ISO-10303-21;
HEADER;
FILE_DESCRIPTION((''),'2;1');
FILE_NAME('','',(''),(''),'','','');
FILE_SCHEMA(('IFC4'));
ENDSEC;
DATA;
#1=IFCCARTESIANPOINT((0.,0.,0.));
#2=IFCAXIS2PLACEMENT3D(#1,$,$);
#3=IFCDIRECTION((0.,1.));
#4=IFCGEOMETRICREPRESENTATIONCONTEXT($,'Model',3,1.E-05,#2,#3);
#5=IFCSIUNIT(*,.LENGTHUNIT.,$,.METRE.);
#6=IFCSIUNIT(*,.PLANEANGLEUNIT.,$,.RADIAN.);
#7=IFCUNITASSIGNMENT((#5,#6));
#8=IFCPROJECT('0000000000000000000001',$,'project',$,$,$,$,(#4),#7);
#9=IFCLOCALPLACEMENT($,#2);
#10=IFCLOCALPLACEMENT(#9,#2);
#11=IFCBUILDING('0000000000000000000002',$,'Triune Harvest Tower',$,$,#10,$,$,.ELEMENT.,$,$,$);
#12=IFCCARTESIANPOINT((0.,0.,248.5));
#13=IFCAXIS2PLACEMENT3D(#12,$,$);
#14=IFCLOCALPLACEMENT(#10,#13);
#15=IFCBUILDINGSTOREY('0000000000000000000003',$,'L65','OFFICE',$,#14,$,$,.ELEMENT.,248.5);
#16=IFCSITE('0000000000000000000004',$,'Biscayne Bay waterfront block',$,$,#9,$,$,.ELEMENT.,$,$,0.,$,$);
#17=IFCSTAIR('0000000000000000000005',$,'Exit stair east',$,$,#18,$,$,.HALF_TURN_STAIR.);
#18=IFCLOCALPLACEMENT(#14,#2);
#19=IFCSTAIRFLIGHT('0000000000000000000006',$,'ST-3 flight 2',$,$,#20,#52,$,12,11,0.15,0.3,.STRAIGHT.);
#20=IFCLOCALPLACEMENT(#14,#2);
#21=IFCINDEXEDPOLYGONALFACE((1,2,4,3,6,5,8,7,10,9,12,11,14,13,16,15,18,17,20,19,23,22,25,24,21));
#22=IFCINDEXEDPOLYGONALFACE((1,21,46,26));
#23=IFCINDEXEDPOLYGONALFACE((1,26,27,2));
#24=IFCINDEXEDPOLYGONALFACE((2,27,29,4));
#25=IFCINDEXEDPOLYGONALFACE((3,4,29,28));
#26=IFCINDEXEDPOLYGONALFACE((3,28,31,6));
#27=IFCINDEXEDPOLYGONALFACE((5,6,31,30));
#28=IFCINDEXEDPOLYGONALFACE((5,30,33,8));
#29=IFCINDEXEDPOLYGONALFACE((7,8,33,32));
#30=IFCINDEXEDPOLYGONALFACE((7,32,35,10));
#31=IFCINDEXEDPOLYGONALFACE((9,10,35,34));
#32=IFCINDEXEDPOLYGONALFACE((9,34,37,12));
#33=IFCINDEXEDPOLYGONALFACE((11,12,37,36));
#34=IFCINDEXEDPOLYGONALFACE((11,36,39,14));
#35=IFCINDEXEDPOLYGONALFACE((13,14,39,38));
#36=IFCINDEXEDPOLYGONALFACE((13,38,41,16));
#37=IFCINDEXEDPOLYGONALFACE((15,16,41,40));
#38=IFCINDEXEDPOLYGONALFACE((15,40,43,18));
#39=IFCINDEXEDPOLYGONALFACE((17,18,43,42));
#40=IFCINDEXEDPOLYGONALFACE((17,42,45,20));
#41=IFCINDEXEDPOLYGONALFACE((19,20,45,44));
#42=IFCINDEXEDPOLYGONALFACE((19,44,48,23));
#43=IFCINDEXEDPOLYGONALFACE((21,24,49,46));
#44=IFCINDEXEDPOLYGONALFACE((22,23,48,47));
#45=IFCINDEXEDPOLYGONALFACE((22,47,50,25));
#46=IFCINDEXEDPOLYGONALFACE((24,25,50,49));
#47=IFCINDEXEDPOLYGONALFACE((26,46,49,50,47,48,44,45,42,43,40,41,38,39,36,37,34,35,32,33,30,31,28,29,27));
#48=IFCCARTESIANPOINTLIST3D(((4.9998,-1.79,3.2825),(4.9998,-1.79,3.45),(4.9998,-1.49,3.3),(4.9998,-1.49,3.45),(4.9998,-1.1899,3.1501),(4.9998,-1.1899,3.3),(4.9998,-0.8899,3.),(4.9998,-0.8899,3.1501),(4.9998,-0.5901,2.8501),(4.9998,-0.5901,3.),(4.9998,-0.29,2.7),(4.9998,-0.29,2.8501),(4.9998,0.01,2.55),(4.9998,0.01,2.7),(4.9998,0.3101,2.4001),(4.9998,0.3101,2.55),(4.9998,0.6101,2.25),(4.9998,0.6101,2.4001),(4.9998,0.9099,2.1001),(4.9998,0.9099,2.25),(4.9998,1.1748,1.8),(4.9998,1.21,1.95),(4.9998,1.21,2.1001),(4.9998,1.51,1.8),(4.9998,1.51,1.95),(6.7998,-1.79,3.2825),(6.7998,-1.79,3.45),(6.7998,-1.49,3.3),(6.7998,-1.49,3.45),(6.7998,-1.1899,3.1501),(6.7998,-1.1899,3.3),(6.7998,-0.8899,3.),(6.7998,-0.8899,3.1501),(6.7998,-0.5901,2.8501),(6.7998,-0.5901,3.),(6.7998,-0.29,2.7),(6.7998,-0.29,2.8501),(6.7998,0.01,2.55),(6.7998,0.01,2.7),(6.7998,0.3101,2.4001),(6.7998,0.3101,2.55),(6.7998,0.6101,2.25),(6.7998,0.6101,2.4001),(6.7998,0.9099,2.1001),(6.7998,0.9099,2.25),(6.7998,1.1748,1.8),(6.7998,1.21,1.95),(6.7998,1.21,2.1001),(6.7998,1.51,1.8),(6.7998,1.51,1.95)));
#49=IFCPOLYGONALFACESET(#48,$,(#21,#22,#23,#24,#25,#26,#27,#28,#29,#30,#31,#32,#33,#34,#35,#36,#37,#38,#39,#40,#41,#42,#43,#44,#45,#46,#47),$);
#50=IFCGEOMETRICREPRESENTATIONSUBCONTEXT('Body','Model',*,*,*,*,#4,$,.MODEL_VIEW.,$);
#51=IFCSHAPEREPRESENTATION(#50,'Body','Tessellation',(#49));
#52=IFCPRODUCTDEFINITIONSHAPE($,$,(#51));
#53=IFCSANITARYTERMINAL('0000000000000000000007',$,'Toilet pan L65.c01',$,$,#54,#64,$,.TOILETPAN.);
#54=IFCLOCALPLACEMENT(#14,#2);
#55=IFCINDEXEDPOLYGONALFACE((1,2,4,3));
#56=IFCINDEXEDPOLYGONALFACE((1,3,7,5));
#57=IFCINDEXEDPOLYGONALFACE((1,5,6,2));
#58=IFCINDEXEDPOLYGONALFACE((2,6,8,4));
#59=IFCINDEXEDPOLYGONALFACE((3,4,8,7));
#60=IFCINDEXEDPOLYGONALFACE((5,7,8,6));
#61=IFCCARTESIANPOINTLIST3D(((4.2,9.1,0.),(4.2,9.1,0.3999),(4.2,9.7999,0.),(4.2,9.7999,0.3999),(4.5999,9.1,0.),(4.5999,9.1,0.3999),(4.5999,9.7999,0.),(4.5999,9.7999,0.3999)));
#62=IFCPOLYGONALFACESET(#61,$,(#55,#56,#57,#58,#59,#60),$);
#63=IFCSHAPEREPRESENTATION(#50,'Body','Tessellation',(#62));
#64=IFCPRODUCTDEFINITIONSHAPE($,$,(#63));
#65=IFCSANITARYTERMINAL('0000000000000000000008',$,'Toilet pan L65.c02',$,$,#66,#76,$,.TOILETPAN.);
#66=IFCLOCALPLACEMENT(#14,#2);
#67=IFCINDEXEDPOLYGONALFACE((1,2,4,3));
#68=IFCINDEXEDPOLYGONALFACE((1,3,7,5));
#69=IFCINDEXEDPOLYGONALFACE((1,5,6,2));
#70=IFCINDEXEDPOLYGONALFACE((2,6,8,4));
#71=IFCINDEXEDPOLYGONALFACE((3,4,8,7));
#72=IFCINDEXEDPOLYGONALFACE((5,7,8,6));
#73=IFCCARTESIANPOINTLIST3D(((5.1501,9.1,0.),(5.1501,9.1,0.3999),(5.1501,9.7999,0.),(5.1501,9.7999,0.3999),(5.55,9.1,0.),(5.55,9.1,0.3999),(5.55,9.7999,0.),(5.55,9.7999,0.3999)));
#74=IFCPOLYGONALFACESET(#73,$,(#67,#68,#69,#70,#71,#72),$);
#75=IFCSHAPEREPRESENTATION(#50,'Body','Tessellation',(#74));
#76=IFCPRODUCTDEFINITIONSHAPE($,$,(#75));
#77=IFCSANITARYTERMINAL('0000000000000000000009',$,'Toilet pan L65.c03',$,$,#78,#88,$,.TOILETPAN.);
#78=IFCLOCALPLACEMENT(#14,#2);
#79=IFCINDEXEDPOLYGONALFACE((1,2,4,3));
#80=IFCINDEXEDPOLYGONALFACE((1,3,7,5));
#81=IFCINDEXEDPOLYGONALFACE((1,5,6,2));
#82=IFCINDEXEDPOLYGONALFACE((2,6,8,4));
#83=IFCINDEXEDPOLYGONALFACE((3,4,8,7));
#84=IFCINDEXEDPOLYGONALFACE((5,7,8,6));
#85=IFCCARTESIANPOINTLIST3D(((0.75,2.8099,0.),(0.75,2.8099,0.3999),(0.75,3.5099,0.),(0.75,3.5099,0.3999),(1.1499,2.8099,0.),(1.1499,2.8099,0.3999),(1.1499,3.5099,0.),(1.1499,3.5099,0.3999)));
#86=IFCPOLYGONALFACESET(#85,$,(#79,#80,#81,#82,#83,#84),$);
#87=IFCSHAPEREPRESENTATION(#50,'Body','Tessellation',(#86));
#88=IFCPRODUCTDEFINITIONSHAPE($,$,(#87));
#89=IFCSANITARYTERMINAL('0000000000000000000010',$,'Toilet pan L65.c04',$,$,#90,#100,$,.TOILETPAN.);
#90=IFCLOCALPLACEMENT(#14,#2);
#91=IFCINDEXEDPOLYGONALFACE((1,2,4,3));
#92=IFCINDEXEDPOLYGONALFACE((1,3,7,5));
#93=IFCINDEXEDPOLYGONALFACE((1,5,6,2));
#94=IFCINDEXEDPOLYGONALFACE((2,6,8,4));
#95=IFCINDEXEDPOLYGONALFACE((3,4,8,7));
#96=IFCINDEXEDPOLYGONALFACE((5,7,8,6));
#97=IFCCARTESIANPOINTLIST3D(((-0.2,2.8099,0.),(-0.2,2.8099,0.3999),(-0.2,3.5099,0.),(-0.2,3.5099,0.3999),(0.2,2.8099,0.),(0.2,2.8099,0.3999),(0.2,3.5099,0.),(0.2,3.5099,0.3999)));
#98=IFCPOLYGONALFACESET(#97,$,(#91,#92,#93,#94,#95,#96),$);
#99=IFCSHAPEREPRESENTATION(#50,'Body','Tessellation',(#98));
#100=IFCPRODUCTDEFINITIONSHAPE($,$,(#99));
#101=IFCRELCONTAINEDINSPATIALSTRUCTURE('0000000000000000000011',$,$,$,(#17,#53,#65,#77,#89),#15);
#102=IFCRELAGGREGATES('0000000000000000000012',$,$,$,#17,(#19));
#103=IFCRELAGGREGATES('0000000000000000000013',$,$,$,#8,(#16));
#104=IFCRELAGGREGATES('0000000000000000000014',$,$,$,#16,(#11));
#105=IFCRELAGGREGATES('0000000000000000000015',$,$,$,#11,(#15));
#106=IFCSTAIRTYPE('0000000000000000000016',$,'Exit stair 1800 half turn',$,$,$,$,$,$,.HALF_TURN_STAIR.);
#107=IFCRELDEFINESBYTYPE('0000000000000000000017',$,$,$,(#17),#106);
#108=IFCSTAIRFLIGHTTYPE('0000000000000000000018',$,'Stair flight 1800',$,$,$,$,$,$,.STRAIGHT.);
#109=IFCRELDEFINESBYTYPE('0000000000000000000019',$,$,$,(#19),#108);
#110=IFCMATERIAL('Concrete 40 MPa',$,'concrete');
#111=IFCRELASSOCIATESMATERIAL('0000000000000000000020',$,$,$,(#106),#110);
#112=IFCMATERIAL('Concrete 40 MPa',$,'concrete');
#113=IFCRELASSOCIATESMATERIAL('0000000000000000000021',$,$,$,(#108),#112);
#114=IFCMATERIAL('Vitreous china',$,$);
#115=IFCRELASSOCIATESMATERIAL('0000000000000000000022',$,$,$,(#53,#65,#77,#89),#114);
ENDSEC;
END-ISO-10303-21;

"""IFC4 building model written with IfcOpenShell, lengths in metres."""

from ifc_helpers import new_model, si_unit, direction, frame, origin, origin_2d, place, context, subcontext, project, spatial, polyline, rectangle, outline, extrude, source, transform, mapped, material, type_object, element, aggregate, save


model = new_model("IFC4")

# Units and contexts
model_context = context("Model", 3, precision=1e-05, world=origin(), true_north=direction((0.0, 1.0)))
body_context = subcontext(model_context, "Body", "Model", "MODEL_VIEW")
ifc_project = project(units=[si_unit("LENGTHUNIT", "METRE"), si_unit("PLANEANGLEUNIT", "RADIAN")], contexts=[model_context])

# Site, building, storey
site_placement = place(None, origin())
site = spatial("IfcSite", under=ifc_project, at=site_placement, Name="Biscayne Bay waterfront block", CompositionType="ELEMENT", RefElevation=0.0)
building_placement = place(site_placement, origin())
building = spatial("IfcBuilding", under=site, at=building_placement, Name="Triune Harvest Tower", CompositionType="ELEMENT")
storey_placement = place(building_placement, frame((0.0, 0.0, 248.5)))
storey = spatial("IfcBuildingStorey", under=building, at=storey_placement, Name="L65", Description="OFFICE", CompositionType="ELEMENT", Elevation=248.5)

# Stair
ifc_material_1 = material(Name="Concrete 40 MPa", Category="concrete")
stair_type = type_object("IfcStairType", Name="Exit stair 1800 half turn", PredefinedType="HALF_TURN_STAIR", material=ifc_material_1)
stair_1_placement = place(storey_placement, origin())
stair_1 = element("IfcStair", 1, at=stair_1_placement, inside=storey, type_object=stair_type, Name="Exit stair east", PredefinedType="HALF_TURN_STAIR")

# Stair flight
ifc_material_2 = material(Name="Concrete 40 MPa", Category="concrete")
stair_flight_type = type_object("IfcStairFlightType", Name="Stair flight 1800", PredefinedType="STRAIGHT", material=ifc_material_2)
shared_shape_1 = source(origin(), body_context, "Body", "SweptSolid", [
    extrude(outline(polyline([(0.0, 0.0), (0.0, 0.1499), (0.3, 0.1499), (0.3, 0.3), (0.6001, 0.3), (0.6001, 0.45), (0.8999, 0.45), (0.8999, 0.6001), (1.2, 0.6001), (1.2, 0.75), (1.5, 0.75), (1.5, 0.8999), (1.8, 0.8999), (1.8, 1.05), (2.1001, 1.05), (2.1001, 1.2), (2.3999, 1.2), (2.3999, 1.3501), (2.7, 1.3501), (2.7, 1.5), (3.0, 1.5), (3.0, 1.6499), (3.3, 1.6499), (3.3, 1.8), (3.3, 1.4824), (0.3352, 0.0), (0.0, 0.0)])), frame((0.0, 0.8999, 0.0), z_axis=(0.0, -1.0, 0.0), x_axis=(1.0, 0.0, 0.0)), (0.0, 0.0, 1.0), 1.8),
])
stair_flight_1_placement = place(storey_placement, frame((5.8999, 1.51, 1.8), z_axis=(0.0, 0.0, 1.0), x_axis=(0.0, -1.0, 0.0)))
stair_flight_1 = element("IfcStairFlight", 2, at=stair_flight_1_placement, type_object=stair_flight_type, Name="ST-3 flight 2", NumberOfRisers=12, NumberOfTreads=11, PredefinedType="STRAIGHT", RiserHeight=0.15, TreadLength=0.3, context=body_context, shape_type="MappedRepresentation", body=[
    mapped(shared_shape_1, transform((0.0, 0.0, 0.0), scale=1.0)),
])
aggregate(stair_1, [stair_flight_1])

# Sanitary terminals
ifc_material_3 = material(Name="Vitreous china")
shared_shape_2 = source(origin(), body_context, "Body", "SweptSolid", [
    extrude(rectangle(XDim=0.3999, YDim=0.7, at=origin_2d()), origin(), (0.0, 0.0, 1.0), 0.3999),
])
for number, where, z_axis, x_axis, name in (
    (3, (4.3999, 9.45, 0.0), (0.0, 0.0, 1.0), (1.0, 0.0, 0.0), "Toilet pan L65.c01"),
    (4, (5.3501, 9.45, 0.0), (0.0, 0.0, 1.0), (1.0, 0.0, 0.0), "Toilet pan L65.c02"),
    (5, (0.95, 3.1599, 0.0), (0.0, 0.0, 1.0), (-1.0, 0.0, 0.0), "Toilet pan L65.c03"),
    (6, (0.0, 3.1599, 0.0), (0.0, 0.0, 1.0), (-1.0, 0.0, 0.0), "Toilet pan L65.c04"),
):
    element("IfcSanitaryTerminal", number, at=place(storey_placement, frame(where, z_axis=z_axis, x_axis=x_axis)), inside=storey, material=ifc_material_3, Name=name, PredefinedType="TOILETPAN", context=body_context, shape_type="MappedRepresentation", body=[
        mapped(shared_shape_2, transform((0.0, 0.0, 0.0), scale=1.0)),
    ])

save(model, "model.ifc")
